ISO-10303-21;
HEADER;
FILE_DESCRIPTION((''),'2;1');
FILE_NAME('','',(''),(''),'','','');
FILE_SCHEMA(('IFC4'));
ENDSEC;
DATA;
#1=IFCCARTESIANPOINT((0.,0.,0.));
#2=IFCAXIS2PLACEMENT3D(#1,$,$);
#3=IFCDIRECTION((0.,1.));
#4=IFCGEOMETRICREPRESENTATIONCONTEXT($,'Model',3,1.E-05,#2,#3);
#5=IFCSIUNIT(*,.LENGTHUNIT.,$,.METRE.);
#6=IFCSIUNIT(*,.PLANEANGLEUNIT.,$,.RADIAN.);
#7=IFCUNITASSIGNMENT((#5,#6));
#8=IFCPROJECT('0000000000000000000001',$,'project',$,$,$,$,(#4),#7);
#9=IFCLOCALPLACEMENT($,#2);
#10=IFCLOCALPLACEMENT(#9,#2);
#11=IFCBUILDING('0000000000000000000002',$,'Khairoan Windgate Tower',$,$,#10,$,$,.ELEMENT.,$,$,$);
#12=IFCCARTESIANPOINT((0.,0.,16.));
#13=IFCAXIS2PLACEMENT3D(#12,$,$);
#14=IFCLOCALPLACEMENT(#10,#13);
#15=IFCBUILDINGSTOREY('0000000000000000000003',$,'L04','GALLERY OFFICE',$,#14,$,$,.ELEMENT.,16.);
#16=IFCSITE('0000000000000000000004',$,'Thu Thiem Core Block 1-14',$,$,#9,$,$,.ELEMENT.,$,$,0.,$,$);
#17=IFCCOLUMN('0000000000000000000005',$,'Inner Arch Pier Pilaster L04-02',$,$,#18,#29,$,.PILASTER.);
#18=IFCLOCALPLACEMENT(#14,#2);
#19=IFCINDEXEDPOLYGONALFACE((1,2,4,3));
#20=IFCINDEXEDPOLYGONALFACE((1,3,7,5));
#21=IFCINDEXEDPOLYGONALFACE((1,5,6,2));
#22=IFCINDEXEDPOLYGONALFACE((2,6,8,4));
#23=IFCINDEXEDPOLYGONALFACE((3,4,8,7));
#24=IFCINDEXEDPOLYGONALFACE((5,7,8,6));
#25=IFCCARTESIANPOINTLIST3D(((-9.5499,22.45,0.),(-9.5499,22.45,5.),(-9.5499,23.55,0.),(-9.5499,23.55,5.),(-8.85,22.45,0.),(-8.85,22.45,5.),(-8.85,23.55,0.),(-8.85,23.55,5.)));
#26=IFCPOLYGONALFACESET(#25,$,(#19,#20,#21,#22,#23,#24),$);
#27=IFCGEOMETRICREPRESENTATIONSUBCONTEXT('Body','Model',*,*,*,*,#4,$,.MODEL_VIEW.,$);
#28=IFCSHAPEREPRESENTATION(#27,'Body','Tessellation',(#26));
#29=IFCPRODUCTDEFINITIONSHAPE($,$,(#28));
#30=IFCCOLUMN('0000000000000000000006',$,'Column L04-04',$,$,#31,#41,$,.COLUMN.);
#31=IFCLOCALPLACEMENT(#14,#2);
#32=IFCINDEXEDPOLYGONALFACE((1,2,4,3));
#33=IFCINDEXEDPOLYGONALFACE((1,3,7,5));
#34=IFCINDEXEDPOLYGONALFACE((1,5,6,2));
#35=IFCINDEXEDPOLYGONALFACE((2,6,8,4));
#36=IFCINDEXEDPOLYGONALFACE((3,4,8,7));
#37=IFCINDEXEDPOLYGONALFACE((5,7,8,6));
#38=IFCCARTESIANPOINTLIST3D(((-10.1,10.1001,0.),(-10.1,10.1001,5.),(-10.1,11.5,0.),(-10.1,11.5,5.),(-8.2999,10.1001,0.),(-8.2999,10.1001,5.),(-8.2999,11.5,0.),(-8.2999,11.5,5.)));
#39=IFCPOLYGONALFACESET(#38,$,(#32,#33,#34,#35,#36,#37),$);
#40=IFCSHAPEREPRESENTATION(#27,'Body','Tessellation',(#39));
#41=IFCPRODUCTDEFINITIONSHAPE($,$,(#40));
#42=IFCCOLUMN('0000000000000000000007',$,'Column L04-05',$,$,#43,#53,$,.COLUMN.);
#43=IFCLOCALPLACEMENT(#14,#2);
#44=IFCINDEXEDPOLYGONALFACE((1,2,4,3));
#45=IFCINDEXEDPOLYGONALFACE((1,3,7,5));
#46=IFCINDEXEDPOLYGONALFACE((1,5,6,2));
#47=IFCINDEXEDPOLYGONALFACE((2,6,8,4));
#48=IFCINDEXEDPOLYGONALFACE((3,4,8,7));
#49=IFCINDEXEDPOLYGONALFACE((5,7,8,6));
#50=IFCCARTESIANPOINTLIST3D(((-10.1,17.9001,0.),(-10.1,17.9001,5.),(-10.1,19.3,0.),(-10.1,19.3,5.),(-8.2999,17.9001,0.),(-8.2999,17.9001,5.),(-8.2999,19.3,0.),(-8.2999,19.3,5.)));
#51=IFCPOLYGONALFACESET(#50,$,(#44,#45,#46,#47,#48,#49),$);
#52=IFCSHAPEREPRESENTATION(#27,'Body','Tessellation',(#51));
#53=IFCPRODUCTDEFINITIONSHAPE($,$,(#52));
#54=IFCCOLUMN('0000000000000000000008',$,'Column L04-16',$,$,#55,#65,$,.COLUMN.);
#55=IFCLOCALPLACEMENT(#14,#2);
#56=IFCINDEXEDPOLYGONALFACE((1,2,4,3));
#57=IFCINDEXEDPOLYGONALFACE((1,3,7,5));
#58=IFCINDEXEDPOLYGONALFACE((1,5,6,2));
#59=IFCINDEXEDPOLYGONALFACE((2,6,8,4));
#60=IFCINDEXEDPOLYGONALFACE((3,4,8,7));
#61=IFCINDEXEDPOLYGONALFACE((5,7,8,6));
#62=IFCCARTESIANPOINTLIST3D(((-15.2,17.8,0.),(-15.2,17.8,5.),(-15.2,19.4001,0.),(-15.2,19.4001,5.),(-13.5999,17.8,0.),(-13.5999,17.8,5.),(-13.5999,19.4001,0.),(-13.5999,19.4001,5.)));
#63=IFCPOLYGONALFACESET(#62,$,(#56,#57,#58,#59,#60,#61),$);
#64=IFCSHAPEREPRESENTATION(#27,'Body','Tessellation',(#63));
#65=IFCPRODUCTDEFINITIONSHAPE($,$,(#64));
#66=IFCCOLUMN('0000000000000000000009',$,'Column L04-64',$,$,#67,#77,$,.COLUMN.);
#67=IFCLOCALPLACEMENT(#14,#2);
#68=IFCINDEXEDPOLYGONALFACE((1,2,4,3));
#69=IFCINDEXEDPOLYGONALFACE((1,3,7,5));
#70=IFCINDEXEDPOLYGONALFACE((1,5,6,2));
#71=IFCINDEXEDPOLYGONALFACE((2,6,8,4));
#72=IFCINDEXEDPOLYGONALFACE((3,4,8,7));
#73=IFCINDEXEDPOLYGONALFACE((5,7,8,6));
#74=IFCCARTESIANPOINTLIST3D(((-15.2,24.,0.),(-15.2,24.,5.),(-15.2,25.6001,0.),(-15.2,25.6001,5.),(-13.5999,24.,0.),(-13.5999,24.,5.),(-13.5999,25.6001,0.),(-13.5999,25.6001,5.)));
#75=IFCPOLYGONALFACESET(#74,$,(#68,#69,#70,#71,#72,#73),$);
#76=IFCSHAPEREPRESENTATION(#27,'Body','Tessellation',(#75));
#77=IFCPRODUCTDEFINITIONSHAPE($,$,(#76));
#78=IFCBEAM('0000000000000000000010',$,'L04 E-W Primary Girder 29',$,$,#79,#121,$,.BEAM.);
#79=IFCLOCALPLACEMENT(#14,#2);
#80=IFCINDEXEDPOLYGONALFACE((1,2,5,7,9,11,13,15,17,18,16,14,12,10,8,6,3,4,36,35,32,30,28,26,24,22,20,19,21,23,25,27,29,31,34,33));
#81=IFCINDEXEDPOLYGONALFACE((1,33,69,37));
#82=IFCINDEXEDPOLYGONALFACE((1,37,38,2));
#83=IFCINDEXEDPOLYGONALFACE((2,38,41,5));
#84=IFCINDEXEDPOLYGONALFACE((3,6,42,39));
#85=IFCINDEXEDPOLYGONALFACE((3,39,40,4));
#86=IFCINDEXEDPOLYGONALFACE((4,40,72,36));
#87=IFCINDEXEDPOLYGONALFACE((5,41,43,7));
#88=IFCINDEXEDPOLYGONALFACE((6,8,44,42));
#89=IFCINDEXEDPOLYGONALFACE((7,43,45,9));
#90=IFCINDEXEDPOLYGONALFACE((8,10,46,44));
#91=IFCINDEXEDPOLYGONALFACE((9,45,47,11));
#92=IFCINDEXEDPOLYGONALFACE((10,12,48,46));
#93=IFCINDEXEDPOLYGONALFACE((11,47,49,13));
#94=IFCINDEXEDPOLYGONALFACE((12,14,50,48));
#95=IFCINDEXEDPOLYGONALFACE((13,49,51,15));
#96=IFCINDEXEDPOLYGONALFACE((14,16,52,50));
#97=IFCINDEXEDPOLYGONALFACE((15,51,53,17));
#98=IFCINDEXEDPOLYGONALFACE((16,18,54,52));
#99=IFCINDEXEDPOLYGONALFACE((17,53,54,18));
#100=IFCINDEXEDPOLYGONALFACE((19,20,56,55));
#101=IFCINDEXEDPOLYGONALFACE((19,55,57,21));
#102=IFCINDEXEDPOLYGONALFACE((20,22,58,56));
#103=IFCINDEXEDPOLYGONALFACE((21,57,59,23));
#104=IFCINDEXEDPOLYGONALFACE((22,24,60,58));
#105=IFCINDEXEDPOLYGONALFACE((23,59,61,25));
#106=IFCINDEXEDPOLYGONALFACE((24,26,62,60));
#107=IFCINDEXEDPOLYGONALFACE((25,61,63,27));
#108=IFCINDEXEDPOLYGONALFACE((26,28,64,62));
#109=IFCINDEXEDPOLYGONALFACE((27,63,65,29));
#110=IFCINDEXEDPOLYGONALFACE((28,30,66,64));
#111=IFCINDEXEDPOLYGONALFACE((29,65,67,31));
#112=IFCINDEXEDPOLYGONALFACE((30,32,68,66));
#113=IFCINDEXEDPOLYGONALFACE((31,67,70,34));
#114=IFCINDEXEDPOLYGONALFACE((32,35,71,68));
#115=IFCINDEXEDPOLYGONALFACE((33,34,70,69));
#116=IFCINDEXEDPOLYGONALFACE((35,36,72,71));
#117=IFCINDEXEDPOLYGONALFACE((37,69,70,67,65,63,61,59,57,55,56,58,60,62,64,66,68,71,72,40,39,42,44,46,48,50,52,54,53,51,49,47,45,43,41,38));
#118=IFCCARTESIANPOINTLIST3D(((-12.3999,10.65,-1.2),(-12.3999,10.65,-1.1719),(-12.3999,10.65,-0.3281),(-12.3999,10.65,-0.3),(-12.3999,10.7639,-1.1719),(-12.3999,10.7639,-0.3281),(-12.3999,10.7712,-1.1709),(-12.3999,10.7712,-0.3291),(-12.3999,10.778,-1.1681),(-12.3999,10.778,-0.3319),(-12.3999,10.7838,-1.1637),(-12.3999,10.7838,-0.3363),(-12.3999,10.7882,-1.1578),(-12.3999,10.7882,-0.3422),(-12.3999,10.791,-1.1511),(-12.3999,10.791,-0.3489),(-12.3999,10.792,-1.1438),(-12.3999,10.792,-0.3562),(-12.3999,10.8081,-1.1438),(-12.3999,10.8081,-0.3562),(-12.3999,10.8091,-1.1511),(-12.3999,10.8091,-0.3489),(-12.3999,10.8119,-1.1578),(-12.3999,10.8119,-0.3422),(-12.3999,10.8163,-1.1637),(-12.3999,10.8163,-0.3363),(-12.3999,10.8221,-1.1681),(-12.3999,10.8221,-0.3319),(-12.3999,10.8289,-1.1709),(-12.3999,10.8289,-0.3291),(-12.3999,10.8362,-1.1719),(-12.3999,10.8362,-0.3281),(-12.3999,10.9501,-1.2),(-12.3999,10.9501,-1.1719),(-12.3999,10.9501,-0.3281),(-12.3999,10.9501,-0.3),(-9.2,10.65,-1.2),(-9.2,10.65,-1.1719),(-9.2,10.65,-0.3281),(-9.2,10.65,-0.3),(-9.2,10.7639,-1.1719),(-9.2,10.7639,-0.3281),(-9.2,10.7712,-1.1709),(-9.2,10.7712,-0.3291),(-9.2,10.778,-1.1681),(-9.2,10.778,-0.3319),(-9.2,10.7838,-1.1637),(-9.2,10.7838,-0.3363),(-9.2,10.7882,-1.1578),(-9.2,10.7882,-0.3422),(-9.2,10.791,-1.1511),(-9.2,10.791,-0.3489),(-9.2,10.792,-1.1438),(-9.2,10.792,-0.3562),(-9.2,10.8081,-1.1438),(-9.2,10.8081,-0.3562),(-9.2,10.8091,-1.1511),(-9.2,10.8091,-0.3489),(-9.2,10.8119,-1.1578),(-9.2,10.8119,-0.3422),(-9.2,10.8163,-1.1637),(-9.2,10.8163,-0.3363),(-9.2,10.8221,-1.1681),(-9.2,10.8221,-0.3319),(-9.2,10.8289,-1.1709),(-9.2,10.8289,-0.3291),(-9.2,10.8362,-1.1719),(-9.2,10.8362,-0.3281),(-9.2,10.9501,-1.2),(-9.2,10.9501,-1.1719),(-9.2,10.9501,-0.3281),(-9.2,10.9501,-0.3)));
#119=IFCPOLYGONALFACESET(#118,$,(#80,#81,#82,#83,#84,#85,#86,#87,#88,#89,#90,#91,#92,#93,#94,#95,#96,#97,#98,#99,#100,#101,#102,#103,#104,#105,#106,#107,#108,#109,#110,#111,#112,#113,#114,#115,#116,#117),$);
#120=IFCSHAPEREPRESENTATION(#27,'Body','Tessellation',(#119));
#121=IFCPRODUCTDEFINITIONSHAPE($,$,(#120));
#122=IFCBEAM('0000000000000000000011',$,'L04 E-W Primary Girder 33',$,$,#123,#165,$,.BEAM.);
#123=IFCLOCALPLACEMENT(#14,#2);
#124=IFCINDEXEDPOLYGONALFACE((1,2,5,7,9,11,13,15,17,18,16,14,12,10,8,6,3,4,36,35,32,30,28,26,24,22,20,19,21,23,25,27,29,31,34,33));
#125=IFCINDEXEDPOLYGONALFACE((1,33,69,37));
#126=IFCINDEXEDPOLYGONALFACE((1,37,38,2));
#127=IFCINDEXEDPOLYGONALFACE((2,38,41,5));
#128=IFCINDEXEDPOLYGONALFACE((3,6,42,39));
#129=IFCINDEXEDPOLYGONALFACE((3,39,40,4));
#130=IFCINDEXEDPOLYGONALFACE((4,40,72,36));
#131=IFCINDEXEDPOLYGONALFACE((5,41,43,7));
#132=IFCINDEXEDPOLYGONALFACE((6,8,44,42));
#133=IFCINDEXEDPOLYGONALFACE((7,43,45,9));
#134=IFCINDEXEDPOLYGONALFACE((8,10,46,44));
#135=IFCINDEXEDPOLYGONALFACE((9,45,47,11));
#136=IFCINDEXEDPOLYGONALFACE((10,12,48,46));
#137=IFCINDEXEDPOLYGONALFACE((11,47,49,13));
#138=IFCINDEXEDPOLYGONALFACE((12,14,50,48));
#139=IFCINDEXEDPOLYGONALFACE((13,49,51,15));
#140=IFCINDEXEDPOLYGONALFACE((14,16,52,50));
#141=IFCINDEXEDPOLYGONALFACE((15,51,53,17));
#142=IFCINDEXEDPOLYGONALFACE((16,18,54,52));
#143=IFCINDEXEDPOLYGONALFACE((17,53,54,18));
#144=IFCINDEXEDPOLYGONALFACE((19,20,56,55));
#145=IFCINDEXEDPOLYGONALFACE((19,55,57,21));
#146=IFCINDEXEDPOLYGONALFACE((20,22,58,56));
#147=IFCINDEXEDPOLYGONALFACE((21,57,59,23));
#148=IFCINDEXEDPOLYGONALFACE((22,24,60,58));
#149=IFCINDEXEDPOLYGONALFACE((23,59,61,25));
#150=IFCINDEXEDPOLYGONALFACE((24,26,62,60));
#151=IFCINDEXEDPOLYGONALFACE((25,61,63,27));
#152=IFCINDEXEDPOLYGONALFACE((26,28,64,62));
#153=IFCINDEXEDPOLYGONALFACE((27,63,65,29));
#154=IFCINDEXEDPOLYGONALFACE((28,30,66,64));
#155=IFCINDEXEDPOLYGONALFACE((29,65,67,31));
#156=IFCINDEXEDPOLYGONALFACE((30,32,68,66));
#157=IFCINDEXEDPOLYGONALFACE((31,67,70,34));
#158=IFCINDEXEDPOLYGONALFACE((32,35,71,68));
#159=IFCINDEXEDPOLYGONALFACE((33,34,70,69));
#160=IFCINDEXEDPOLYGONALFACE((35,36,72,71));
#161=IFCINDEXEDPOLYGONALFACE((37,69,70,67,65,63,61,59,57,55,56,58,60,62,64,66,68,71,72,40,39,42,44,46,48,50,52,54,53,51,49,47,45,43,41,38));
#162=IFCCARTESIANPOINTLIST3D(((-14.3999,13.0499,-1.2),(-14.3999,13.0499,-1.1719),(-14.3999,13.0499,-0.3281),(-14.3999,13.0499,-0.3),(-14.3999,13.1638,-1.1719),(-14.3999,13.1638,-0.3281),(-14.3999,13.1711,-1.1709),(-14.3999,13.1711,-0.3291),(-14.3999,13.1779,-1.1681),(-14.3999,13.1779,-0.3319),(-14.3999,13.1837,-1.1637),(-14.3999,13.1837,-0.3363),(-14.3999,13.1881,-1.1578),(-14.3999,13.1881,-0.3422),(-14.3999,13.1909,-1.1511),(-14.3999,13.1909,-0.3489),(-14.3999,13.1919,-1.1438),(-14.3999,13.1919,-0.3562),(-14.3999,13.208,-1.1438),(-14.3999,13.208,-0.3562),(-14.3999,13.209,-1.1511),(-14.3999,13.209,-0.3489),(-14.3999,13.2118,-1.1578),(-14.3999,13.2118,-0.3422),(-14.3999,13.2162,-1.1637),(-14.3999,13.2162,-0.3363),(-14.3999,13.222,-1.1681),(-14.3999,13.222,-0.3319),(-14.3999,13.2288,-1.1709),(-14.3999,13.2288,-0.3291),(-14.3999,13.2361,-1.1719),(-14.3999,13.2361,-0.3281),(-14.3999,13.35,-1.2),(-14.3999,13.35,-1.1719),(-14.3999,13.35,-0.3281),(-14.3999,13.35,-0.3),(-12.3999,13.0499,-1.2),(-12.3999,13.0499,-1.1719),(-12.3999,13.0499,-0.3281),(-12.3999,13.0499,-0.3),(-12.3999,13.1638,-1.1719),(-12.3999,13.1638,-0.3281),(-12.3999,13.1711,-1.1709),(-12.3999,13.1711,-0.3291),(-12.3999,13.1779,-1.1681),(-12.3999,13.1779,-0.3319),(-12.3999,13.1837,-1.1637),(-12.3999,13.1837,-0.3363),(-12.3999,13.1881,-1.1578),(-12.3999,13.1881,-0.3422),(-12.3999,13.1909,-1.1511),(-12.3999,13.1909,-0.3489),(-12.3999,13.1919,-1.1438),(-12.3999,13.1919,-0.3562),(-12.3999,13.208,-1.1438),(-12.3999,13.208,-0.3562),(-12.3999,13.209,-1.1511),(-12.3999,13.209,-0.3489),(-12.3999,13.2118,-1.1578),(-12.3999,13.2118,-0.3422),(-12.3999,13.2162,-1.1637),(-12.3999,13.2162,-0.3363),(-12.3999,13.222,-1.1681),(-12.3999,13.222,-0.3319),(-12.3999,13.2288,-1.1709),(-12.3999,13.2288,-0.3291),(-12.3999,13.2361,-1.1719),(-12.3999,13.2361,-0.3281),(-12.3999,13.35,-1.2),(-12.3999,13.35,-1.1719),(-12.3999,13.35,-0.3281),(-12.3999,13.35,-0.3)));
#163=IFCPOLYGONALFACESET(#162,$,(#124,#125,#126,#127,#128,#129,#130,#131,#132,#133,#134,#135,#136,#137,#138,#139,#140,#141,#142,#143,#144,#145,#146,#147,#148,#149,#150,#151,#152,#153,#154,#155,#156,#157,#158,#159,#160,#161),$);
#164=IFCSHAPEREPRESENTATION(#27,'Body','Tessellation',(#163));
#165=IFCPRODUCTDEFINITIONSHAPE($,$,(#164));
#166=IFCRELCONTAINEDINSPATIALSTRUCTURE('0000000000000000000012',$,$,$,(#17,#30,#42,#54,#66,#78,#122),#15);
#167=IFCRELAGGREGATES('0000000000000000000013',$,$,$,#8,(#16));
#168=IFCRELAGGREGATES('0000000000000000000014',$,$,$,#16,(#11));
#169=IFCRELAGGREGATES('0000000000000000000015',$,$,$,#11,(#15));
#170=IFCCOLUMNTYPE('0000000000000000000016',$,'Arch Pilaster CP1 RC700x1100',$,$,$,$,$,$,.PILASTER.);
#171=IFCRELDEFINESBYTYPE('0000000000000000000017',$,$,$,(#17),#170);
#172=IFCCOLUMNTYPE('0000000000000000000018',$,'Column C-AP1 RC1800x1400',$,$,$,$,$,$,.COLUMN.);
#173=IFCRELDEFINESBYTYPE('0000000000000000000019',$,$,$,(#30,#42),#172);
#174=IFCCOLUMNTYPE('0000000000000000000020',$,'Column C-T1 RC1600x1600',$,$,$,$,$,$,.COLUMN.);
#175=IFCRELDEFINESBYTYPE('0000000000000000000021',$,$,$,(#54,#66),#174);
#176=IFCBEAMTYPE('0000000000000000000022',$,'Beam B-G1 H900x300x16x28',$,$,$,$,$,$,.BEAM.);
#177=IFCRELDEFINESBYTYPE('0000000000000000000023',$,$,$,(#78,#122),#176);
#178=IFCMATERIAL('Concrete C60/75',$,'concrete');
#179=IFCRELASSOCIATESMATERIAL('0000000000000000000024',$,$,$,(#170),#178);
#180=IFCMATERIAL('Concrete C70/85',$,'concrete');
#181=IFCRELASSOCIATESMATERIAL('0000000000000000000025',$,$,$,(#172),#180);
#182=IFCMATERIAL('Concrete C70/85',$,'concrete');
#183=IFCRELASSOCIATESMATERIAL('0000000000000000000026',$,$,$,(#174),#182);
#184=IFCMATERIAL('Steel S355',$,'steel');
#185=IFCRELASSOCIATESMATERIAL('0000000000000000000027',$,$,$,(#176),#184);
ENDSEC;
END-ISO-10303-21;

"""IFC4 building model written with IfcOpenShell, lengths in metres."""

from ifc_helpers import new_model, si_unit, direction, frame, origin, origin_2d, place, context, subcontext, project, spatial, rectangle, i_section, extrude, material, material_profile, profile_set, type_object, element, save


model = new_model("IFC4")

# Units and contexts
model_context = context("Model", 3, precision=1e-05, world=origin(), true_north=direction((0.0, 1.0)))
body_context = subcontext(model_context, "Body", "Model", "MODEL_VIEW")
ifc_project = project(units=[si_unit("LENGTHUNIT", "METRE"), si_unit("PLANEANGLEUNIT", "RADIAN")], contexts=[model_context])

# Site, building, storey
site_placement = place(None, origin())
site = spatial("IfcSite", under=ifc_project, at=site_placement, Name="Thu Thiem Core Block 1-14", CompositionType="ELEMENT", RefElevation=0.0)
building_placement = place(site_placement, origin())
building = spatial("IfcBuilding", under=site, at=building_placement, Name="Khairoan Windgate Tower", CompositionType="ELEMENT")
storey_placement = place(building_placement, frame((0.0, 0.0, 16.0)))
storey = spatial("IfcBuildingStorey", under=building, at=storey_placement, Name="L04", Description="GALLERY OFFICE", CompositionType="ELEMENT", Elevation=16.0)

# Columns
ifc_material_1 = material(Name="Concrete C60/75", Category="concrete")
ifc_material_profile_1 = material_profile(ifc_material_1, rectangle(XDim=0.7, YDim=1.1001, at=origin_2d()))
ifc_profile_set_1 = profile_set([ifc_material_profile_1], Name="Concrete C60/75")
column_type_1 = type_object("IfcColumnType", Name="Arch Pilaster CP1 RC700x1100", PredefinedType="PILASTER", material=ifc_profile_set_1)
column_placement = place(storey_placement, frame((-9.2, 23.0, 0.0), z_axis=(0.0, 0.0, 1.0), x_axis=(1.0, 0.0, 0.0)))
element("IfcColumn", 1, at=column_placement, inside=storey, type_object=column_type_1, Name="Inner Arch Pier Pilaster L04-02", PredefinedType="PILASTER", context=body_context, shape_type="SweptSolid", body=[
    extrude(rectangle(XDim=0.7, YDim=1.1001, at=origin_2d()), origin(), (0.0, 0.0, 1.0), 5.0),
])
ifc_material_2 = material(Name="Concrete C70/85", Category="concrete")
ifc_material_profile_2 = material_profile(ifc_material_2, rectangle(XDim=1.8, YDim=1.3999, at=origin_2d()))
ifc_profile_set_2 = profile_set([ifc_material_profile_2], Name="Concrete C70/85")
column_type_2 = type_object("IfcColumnType", Name="Column C-AP1 RC1800x1400", PredefinedType="COLUMN", material=ifc_profile_set_2)
for number, where, z_axis, x_axis, name in (
    (2, (-9.2, 10.8, 0.0), (0.0, 0.0, 1.0), (1.0, 0.0, 0.0), "Column L04-04"),
    (3, (-9.2, 18.6001, 0.0), (0.0, 0.0, 1.0), (1.0, 0.0, 0.0), "Column L04-05"),
):
    element("IfcColumn", number, at=place(storey_placement, frame(where, z_axis=z_axis, x_axis=x_axis)), inside=storey, type_object=column_type_2, Name=name, PredefinedType="COLUMN", context=body_context, shape_type="SweptSolid", body=[
        extrude(rectangle(XDim=1.8, YDim=1.3999, at=origin_2d()), origin(), (0.0, 0.0, 1.0), 5.0),
    ])
ifc_material_3 = material(Name="Concrete C70/85", Category="concrete")
ifc_material_profile_3 = material_profile(ifc_material_3, rectangle(XDim=1.6001, YDim=1.6001, at=origin_2d()))
ifc_profile_set_3 = profile_set([ifc_material_profile_3], Name="Concrete C70/85")
column_type_3 = type_object("IfcColumnType", Name="Column C-T1 RC1600x1600", PredefinedType="COLUMN", material=ifc_profile_set_3)
for number, where, z_axis, x_axis, name in (
    (4, (-14.3999, 18.6001, 0.0), (0.0, 0.0, 1.0), (1.0, 0.0, 0.0), "Column L04-16"),
    (5, (-14.3999, 24.8, 0.0), (0.0, 0.0, 1.0), (1.0, 0.0, 0.0), "Column L04-64"),
):
    element("IfcColumn", number, at=place(storey_placement, frame(where, z_axis=z_axis, x_axis=x_axis)), inside=storey, type_object=column_type_3, Name=name, PredefinedType="COLUMN", context=body_context, shape_type="SweptSolid", body=[
        extrude(rectangle(XDim=1.6001, YDim=1.6001, at=origin_2d()), origin(), (0.0, 0.0, 1.0), 5.0),
    ])

# Beams
ifc_material_4 = material(Name="Steel S355", Category="steel")
ifc_material_profile_4 = material_profile(ifc_material_4, i_section(OverallWidth=0.3, OverallDepth=0.8999, WebThickness=0.0161, FlangeThickness=0.0281, FilletRadius=0.0281, at=origin_2d()))
ifc_profile_set_4 = profile_set([ifc_material_profile_4], Name="Steel S355")
beam_type_1 = type_object("IfcBeamType", Name="Beam B-G1 H900x300x16x28", PredefinedType="BEAM", material=ifc_profile_set_4)
beam_1_placement = place(storey_placement, frame((-12.3999, 10.8, -0.75), z_axis=(1.0, 0.0, 0.0), x_axis=(0.0, 1.0, 0.0)))
element("IfcBeam", 6, at=beam_1_placement, inside=storey, type_object=beam_type_1, Name="L04 E-W Primary Girder 29", PredefinedType="BEAM", context=body_context, shape_type="SweptSolid", body=[
    extrude(i_section(OverallWidth=0.3, OverallDepth=0.8999, WebThickness=0.0161, FlangeThickness=0.0281, FilletRadius=0.0281, at=origin_2d()), origin(), (0.0, 0.0, 1.0), 3.2),
])
beam_2_placement = place(storey_placement, frame((-14.3999, 13.2, -0.75), z_axis=(1.0, 0.0, 0.0), x_axis=(0.0, 1.0, 0.0)))
element("IfcBeam", 7, at=beam_2_placement, inside=storey, type_object=beam_type_1, Name="L04 E-W Primary Girder 33", PredefinedType="BEAM", context=body_context, shape_type="SweptSolid", body=[
    extrude(i_section(OverallWidth=0.3, OverallDepth=0.8999, WebThickness=0.0161, FlangeThickness=0.0281, FilletRadius=0.0281, at=origin_2d()), origin(), (0.0, 0.0, 1.0), 2.0),
])

save(model, "model.ifc")
